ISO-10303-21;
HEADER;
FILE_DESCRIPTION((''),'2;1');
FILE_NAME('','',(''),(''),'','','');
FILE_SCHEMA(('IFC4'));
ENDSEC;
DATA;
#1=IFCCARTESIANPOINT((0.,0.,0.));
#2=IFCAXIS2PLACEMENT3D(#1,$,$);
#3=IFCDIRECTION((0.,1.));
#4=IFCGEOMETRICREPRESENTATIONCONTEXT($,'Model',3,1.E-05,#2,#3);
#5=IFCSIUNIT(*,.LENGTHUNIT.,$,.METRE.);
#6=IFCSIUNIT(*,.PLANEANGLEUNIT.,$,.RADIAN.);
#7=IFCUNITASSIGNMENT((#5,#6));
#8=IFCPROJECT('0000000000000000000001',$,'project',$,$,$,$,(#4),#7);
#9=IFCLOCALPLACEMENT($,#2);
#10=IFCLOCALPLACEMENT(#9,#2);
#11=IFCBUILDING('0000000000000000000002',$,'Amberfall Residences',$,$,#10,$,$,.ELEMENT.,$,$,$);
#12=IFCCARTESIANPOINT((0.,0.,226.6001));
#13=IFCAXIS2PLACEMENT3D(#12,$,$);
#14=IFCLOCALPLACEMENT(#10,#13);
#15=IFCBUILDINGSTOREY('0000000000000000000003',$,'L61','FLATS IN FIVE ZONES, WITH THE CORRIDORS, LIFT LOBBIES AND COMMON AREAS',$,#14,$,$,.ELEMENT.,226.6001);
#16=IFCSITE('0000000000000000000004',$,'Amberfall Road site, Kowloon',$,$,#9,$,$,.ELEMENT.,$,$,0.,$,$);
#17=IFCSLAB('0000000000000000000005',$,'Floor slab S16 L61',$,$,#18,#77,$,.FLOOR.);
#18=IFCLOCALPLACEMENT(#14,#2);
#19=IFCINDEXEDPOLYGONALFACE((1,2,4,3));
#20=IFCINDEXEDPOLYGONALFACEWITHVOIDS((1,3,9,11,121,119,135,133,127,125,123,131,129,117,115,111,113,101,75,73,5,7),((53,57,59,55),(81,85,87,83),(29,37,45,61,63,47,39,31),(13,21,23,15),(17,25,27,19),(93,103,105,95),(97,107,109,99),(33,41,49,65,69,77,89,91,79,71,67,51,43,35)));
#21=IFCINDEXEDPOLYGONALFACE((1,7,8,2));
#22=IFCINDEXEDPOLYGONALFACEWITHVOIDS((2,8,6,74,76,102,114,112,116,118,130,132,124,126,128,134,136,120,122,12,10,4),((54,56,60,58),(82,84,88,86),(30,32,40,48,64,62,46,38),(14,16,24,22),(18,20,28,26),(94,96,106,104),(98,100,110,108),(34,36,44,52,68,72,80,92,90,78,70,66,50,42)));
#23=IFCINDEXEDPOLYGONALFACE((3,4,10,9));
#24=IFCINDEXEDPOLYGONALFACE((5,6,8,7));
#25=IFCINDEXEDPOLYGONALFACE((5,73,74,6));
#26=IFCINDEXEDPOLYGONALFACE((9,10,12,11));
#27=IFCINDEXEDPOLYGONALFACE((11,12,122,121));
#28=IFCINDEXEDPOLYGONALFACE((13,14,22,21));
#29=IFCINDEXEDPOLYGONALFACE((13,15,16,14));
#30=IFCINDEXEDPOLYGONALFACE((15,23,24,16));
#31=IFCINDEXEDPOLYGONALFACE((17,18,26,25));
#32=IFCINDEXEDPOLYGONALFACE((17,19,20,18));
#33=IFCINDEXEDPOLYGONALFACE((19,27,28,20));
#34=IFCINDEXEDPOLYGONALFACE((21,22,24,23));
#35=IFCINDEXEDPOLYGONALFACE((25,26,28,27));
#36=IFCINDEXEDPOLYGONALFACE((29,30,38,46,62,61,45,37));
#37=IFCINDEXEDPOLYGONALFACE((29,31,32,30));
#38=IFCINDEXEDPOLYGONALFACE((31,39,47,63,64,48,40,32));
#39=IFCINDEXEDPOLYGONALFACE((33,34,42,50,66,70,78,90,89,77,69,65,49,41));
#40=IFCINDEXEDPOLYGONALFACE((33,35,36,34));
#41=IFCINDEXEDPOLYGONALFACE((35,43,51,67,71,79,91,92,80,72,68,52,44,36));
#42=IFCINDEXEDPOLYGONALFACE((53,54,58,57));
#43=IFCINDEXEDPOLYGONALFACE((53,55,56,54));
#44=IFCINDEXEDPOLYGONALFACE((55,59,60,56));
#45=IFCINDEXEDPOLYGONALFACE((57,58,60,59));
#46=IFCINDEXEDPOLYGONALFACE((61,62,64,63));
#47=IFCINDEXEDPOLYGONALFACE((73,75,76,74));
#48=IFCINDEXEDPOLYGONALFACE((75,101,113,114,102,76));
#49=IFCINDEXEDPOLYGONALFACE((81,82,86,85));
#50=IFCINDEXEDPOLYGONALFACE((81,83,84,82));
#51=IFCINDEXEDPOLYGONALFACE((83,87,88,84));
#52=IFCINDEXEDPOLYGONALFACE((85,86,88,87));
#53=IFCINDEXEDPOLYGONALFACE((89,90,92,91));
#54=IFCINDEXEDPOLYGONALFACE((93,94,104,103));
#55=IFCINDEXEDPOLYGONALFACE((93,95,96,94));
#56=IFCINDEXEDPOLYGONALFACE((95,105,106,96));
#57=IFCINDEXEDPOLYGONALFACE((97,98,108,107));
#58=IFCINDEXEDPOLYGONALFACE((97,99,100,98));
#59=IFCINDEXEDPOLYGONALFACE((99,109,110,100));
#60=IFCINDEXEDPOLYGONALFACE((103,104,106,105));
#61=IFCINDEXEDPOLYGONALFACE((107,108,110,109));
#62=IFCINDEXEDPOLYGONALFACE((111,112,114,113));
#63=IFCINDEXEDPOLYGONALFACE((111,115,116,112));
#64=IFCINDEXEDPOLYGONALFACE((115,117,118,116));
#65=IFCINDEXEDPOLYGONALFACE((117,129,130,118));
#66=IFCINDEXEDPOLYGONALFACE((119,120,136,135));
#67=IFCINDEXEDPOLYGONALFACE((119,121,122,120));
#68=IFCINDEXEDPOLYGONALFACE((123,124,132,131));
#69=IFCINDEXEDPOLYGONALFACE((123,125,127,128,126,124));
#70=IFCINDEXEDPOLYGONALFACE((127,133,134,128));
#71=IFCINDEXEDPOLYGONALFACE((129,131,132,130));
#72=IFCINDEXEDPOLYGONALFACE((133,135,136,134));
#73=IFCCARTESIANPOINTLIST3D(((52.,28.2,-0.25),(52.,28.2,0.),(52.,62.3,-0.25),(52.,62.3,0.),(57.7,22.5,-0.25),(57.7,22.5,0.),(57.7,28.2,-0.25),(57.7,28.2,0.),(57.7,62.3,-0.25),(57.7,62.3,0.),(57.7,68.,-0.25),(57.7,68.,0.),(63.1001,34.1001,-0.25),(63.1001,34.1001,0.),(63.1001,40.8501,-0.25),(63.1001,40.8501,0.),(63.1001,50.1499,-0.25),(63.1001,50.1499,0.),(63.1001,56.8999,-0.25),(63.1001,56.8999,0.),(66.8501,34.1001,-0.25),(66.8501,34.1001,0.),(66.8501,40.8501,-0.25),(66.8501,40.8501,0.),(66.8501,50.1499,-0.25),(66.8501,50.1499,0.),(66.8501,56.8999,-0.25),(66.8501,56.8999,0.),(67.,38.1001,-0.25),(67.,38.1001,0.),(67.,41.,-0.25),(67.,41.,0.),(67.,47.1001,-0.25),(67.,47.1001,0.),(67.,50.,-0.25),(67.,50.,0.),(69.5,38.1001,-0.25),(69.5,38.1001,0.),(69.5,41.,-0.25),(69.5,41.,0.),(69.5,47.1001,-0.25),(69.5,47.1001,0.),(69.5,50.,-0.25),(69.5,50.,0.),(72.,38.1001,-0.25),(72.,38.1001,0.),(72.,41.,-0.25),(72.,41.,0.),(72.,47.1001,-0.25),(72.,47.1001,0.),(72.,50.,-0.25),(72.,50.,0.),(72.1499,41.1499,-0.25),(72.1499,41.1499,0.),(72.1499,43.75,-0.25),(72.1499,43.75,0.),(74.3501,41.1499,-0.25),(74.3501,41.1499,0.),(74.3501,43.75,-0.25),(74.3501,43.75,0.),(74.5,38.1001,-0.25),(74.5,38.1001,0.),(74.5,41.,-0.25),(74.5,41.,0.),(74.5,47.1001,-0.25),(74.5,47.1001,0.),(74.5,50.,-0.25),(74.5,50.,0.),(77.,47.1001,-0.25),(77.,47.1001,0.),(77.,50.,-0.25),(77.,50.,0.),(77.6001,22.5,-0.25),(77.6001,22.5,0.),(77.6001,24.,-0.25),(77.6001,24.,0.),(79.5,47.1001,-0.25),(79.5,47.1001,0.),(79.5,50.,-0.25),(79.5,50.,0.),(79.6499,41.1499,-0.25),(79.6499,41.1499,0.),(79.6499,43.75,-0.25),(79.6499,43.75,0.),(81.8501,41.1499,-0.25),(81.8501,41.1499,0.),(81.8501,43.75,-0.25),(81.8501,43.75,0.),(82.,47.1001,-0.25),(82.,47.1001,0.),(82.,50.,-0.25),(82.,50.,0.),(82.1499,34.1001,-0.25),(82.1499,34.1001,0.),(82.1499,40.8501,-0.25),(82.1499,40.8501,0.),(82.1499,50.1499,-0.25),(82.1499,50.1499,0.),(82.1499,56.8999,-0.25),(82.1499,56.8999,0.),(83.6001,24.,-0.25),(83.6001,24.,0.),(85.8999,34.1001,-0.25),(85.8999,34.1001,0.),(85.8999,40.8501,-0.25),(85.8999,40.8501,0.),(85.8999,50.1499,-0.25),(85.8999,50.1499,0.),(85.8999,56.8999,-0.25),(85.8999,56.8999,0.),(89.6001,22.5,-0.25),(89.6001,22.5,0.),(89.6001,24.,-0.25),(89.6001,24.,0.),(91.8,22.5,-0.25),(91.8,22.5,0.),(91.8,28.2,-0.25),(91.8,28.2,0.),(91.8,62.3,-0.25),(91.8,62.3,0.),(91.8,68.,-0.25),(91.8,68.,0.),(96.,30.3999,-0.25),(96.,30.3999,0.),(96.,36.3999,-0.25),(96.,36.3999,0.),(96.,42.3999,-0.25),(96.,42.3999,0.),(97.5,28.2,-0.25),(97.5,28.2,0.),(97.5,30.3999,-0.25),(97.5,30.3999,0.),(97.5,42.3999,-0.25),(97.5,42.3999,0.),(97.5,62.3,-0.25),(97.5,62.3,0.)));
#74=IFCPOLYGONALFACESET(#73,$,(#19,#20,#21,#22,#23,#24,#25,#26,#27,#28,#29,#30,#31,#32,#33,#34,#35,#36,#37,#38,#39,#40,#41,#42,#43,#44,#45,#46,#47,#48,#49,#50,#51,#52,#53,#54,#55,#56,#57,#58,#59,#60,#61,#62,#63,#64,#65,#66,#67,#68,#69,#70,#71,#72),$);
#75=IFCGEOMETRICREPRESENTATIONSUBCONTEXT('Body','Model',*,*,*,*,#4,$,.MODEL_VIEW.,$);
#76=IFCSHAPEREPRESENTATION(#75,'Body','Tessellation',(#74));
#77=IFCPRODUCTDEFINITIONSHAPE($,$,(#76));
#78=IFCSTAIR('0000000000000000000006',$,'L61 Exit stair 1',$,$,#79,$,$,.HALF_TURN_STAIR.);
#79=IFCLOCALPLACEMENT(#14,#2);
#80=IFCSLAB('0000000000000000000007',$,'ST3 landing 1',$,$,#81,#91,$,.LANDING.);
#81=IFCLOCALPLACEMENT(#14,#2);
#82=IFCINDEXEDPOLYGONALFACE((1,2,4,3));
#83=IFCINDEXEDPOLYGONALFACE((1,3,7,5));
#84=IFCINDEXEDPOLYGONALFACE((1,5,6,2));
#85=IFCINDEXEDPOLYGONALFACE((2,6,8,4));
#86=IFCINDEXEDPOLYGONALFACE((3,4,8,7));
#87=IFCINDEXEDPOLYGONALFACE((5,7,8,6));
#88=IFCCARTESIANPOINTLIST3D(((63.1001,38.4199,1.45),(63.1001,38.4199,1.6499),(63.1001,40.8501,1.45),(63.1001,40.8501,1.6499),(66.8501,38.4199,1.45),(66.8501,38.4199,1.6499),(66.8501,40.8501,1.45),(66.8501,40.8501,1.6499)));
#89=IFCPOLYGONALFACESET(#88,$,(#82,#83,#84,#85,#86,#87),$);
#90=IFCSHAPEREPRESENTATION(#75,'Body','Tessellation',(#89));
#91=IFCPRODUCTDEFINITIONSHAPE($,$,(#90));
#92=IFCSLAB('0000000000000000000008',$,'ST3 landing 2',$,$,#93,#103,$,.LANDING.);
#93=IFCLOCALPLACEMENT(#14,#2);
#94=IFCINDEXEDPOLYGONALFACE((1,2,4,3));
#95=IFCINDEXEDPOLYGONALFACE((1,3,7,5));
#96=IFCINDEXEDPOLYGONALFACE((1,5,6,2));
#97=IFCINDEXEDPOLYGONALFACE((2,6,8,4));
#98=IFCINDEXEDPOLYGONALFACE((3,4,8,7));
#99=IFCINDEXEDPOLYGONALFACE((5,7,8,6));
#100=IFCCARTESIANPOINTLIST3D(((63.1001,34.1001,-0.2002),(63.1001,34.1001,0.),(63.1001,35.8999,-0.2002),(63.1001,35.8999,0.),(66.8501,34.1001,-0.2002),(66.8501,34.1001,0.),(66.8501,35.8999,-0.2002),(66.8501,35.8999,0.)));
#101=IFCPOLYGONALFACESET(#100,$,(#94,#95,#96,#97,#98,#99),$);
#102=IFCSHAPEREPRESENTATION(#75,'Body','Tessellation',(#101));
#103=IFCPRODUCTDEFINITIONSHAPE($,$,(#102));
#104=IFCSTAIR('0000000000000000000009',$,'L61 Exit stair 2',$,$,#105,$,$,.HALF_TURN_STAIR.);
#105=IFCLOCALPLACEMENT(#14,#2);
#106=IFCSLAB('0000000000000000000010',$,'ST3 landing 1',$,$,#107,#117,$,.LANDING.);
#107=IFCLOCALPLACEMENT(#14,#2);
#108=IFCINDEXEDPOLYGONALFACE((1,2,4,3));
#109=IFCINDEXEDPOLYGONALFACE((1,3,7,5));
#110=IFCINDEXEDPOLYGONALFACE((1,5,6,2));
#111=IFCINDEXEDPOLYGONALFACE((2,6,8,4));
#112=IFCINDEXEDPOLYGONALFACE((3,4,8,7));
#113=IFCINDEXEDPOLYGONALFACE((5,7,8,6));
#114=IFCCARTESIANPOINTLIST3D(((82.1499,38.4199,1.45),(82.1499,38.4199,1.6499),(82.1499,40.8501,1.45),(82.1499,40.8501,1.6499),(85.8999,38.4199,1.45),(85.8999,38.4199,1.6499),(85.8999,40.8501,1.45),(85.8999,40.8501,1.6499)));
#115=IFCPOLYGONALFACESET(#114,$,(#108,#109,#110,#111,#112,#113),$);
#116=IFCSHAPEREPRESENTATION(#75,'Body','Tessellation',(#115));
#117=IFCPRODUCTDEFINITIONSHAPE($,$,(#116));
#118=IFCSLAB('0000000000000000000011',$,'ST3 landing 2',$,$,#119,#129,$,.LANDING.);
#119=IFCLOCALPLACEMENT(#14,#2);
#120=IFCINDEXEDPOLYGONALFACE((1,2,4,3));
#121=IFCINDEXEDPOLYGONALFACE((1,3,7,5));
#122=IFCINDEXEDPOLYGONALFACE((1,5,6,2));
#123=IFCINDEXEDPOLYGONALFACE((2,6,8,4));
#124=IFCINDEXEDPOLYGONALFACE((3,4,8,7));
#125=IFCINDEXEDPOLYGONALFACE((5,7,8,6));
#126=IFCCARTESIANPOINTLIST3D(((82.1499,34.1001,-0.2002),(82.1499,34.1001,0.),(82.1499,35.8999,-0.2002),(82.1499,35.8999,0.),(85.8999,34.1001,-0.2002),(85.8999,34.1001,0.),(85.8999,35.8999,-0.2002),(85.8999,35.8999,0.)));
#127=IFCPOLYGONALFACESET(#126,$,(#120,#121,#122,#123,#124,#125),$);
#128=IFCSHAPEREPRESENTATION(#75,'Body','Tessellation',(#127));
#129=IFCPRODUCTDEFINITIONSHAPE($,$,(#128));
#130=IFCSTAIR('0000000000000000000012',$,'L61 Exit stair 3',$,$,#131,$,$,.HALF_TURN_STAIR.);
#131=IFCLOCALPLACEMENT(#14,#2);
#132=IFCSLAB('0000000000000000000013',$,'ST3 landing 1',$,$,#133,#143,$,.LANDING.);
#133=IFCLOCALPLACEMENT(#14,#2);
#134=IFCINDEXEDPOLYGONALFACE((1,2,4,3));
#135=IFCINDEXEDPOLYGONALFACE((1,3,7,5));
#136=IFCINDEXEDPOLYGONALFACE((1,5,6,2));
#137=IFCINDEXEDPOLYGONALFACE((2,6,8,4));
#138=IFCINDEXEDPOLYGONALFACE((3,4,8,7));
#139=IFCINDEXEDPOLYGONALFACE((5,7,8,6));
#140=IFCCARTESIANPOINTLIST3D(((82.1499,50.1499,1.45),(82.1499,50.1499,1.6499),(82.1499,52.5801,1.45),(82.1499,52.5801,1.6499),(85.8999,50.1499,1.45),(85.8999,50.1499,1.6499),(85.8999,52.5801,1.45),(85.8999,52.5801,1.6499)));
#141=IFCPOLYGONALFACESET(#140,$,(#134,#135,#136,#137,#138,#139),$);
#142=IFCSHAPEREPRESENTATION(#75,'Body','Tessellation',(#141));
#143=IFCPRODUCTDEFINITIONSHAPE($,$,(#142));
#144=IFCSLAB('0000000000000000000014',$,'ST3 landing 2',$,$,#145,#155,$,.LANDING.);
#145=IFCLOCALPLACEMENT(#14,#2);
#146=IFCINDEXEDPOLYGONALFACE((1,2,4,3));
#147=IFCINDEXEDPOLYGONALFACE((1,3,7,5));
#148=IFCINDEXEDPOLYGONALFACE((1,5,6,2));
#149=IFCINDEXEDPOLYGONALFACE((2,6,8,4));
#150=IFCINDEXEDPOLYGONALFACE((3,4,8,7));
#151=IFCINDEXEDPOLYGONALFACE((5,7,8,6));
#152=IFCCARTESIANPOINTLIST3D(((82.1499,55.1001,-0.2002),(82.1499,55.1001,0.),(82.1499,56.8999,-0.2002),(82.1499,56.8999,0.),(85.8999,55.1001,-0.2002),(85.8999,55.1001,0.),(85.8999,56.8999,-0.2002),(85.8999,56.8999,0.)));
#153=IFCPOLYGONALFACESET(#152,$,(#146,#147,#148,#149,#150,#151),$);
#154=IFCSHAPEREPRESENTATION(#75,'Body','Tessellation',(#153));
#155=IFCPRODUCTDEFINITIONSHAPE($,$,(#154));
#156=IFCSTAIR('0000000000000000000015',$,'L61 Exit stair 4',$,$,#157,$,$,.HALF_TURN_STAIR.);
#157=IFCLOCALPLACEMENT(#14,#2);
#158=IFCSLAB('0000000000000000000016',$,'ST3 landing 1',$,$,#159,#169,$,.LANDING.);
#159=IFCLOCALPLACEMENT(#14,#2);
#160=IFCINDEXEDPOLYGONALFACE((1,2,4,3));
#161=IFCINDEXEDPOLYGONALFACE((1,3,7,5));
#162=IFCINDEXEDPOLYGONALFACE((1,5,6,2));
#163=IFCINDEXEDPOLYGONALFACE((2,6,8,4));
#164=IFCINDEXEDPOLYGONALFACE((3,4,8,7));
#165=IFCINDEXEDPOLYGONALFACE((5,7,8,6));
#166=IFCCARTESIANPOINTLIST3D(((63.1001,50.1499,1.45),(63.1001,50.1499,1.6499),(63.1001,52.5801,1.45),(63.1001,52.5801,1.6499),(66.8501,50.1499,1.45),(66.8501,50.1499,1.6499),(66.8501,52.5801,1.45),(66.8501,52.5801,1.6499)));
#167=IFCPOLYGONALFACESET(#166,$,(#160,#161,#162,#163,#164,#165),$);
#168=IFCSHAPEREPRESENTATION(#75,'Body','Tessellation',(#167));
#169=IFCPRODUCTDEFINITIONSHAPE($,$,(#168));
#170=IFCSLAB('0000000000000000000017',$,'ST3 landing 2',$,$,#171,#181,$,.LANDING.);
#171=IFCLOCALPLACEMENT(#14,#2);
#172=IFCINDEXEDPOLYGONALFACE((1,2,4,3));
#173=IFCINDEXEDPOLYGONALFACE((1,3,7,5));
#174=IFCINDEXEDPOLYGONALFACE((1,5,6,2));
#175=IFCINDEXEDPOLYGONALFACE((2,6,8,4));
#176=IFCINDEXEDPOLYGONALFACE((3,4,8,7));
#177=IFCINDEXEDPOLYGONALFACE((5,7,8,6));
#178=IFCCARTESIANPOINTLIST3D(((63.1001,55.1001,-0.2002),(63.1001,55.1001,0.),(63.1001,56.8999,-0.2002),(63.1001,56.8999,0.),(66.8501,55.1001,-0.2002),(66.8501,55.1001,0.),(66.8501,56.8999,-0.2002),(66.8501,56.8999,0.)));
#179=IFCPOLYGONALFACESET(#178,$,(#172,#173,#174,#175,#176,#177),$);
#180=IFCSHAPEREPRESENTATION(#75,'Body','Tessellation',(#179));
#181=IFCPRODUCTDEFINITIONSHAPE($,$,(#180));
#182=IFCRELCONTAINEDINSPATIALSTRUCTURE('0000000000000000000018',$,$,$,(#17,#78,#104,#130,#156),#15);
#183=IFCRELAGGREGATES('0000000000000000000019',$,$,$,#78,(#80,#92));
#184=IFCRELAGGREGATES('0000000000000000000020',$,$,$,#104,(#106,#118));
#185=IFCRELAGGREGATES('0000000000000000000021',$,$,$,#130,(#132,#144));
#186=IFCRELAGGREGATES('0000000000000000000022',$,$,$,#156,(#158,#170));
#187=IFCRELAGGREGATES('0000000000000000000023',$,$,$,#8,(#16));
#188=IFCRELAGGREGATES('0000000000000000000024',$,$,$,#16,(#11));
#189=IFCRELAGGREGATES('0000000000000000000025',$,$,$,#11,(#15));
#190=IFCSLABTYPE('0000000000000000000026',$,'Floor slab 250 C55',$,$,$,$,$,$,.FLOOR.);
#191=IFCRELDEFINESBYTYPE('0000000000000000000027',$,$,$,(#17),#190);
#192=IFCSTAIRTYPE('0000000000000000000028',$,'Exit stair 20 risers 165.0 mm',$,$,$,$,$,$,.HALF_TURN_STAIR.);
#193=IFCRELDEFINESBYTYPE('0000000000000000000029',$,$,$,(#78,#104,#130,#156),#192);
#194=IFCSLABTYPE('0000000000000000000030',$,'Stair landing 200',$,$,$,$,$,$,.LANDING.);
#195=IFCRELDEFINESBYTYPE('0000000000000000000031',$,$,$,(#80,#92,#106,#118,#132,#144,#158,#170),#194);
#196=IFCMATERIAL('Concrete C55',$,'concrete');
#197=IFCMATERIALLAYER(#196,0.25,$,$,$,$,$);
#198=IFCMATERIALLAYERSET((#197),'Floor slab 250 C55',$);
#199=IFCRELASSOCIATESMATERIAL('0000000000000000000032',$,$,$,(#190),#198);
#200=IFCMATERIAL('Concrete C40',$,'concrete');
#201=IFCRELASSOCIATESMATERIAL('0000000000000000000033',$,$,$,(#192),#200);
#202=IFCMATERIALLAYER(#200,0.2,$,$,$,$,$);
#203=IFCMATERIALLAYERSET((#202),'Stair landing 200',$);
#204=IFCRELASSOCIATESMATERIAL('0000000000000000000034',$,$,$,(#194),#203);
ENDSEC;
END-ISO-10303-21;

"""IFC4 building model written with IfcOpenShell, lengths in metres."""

from ifc_helpers import new_model, si_unit, direction, frame, origin, place, context, subcontext, project, spatial, polyline, outline, extrude, material, layer, layer_set, type_object, element, aggregate, save


model = new_model("IFC4")

# Units and contexts
model_context = context("Model", 3, precision=1e-05, world=origin(), true_north=direction((0.0, 1.0)))
body_context = subcontext(model_context, "Body", "Model", "MODEL_VIEW")
ifc_project = project(units=[si_unit("LENGTHUNIT", "METRE"), si_unit("PLANEANGLEUNIT", "RADIAN")], contexts=[model_context])

# Site, building, storey
site_placement = place(None, origin())
site = spatial("IfcSite", under=ifc_project, at=site_placement, Name="Amberfall Road site, Kowloon", CompositionType="ELEMENT", RefElevation=0.0)
building_placement = place(site_placement, origin())
building = spatial("IfcBuilding", under=site, at=building_placement, Name="Amberfall Residences", CompositionType="ELEMENT")
storey_placement = place(building_placement, frame((0.0, 0.0, 226.6001)))
storey = spatial("IfcBuildingStorey", under=building, at=storey_placement, Name="L61", Description="FLATS IN FIVE ZONES, WITH THE CORRIDORS, LIFT LOBBIES AND COMMON AREAS", CompositionType="ELEMENT", Elevation=226.6001)

# Shared definitions
ifc_material_1 = material(Name="Concrete C55", Category="concrete")

# Slab
ifc_layer_1 = layer(ifc_material_1, 0.25)
ifc_layer_set_1 = layer_set([ifc_layer_1], Name="Floor slab 250 C55")
slab_type_1 = type_object("IfcSlabType", Name="Floor slab 250 C55", PredefinedType="FLOOR", material=ifc_layer_set_1)
slab_1_placement = place(storey_placement, frame((0.0, 0.0, -0.25)))
element("IfcSlab", 1, at=slab_1_placement, inside=storey, type_object=slab_type_1, Name="Floor slab S16 L61", PredefinedType="FLOOR", context=body_context, shape_type="SweptSolid", body=[
    extrude(outline(polyline([(89.6001, 22.5), (89.6001, 24.0), (83.6001, 24.0), (77.6001, 24.0), (77.6001, 22.5), (57.7, 22.5), (57.7, 28.2), (52.0, 28.2), (52.0, 62.3), (57.7, 62.3), (57.7, 68.0), (91.8, 68.0), (91.8, 62.3), (97.5, 62.3), (97.5, 42.3999), (96.0, 42.3999), (96.0, 36.3999), (96.0, 30.3999), (97.5, 30.3999), (97.5, 28.2), (91.8, 28.2), (91.8, 22.5), (89.6001, 22.5)]), holes=[polyline([(85.8999, 34.1001), (85.8999, 40.8501), (82.1499, 40.8501), (82.1499, 34.1001), (85.8999, 34.1001)]), polyline([(85.8999, 50.1499), (85.8999, 56.8999), (82.1499, 56.8999), (82.1499, 50.1499), (85.8999, 50.1499)]), polyline([(72.0, 50.0), (69.5, 50.0), (67.0, 50.0), (67.0, 47.1001), (69.5, 47.1001), (72.0, 47.1001), (74.5, 47.1001), (77.0, 47.1001), (79.5, 47.1001), (82.0, 47.1001), (82.0, 50.0), (79.5, 50.0), (77.0, 50.0), (74.5, 50.0), (72.0, 50.0)]), polyline([(81.8501, 41.1499), (81.8501, 43.75), (79.6499, 43.75), (79.6499, 41.1499), (81.8501, 41.1499)]), polyline([(69.5, 41.0), (67.0, 41.0), (67.0, 38.1001), (69.5, 38.1001), (72.0, 38.1001), (74.5, 38.1001), (74.5, 41.0), (72.0, 41.0), (69.5, 41.0)]), polyline([(74.3501, 41.1499), (74.3501, 43.75), (72.1499, 43.75), (72.1499, 41.1499), (74.3501, 41.1499)]), polyline([(66.8501, 50.1499), (66.8501, 56.8999), (63.1001, 56.8999), (63.1001, 50.1499), (66.8501, 50.1499)]), polyline([(66.8501, 40.8501), (63.1001, 40.8501), (63.1001, 34.1001), (66.8501, 34.1001), (66.8501, 40.8501)])]), origin(), (0.0, 0.0, 1.0), 0.25),
])

# Stairs, slabs
ifc_material_2 = material(Name="Concrete C40", Category="concrete")
stair_type = type_object("IfcStairType", Name="Exit stair 20 risers 165.0 mm", PredefinedType="HALF_TURN_STAIR", material=ifc_material_2)
stair_1_placement = place(storey_placement, origin())
stair_1 = element("IfcStair", 2, at=stair_1_placement, inside=storey, type_object=stair_type, Name="L61 Exit stair 1", PredefinedType="HALF_TURN_STAIR")
ifc_layer_2 = layer(ifc_material_2, 0.2)
ifc_layer_set_2 = layer_set([ifc_layer_2], Name="Stair landing 200")
slab_type_2 = type_object("IfcSlabType", Name="Stair landing 200", PredefinedType="LANDING", material=ifc_layer_set_2)
slab_2_placement = place(storey_placement, frame((0.0, 0.0, 1.45)))
slab_2 = element("IfcSlab", 3, at=slab_2_placement, type_object=slab_type_2, Name="ST3 landing 1", PredefinedType="LANDING", context=body_context, shape_type="SweptSolid", body=[
    extrude(outline(polyline([(66.8501, 38.4199), (66.8501, 40.8501), (63.1001, 40.8501), (63.1001, 38.4199), (66.8501, 38.4199)])), origin(), (0.0, 0.0, 1.0), 0.2),
])
slab_3_placement = place(storey_placement, frame((0.0, 0.0, -0.2002)))
slab_3 = element("IfcSlab", 4, at=slab_3_placement, type_object=slab_type_2, Name="ST3 landing 2", PredefinedType="LANDING", context=body_context, shape_type="SweptSolid", body=[
    extrude(outline(polyline([(66.8501, 34.1001), (66.8501, 35.8999), (63.1001, 35.8999), (63.1001, 34.1001), (66.8501, 34.1001)])), origin(), (0.0, 0.0, 1.0), 0.2002),
])
aggregate(stair_1, [slab_2, slab_3])
stair_2_placement = place(storey_placement, origin())
stair_2 = element("IfcStair", 5, at=stair_2_placement, inside=storey, type_object=stair_type, Name="L61 Exit stair 2", PredefinedType="HALF_TURN_STAIR")
slab_4_placement = place(storey_placement, frame((0.0, 0.0, 1.45)))
slab_4 = element("IfcSlab", 6, at=slab_4_placement, type_object=slab_type_2, Name="ST3 landing 1", PredefinedType="LANDING", context=body_context, shape_type="SweptSolid", body=[
    extrude(outline(polyline([(85.8999, 38.4199), (85.8999, 40.8501), (82.1499, 40.8501), (82.1499, 38.4199), (85.8999, 38.4199)])), origin(), (0.0, 0.0, 1.0), 0.2),
])
slab_5_placement = place(storey_placement, frame((0.0, 0.0, -0.2002)))
slab_5 = element("IfcSlab", 7, at=slab_5_placement, type_object=slab_type_2, Name="ST3 landing 2", PredefinedType="LANDING", context=body_context, shape_type="SweptSolid", body=[
    extrude(outline(polyline([(85.8999, 34.1001), (85.8999, 35.8999), (82.1499, 35.8999), (82.1499, 34.1001), (85.8999, 34.1001)])), origin(), (0.0, 0.0, 1.0), 0.2002),
])
aggregate(stair_2, [slab_4, slab_5])
stair_3_placement = place(storey_placement, origin())
stair_3 = element("IfcStair", 8, at=stair_3_placement, inside=storey, type_object=stair_type, Name="L61 Exit stair 3", PredefinedType="HALF_TURN_STAIR")
slab_6_placement = place(storey_placement, frame((0.0, 0.0, 1.45)))
slab_6 = element("IfcSlab", 9, at=slab_6_placement, type_object=slab_type_2, Name="ST3 landing 1", PredefinedType="LANDING", context=body_context, shape_type="SweptSolid", body=[
    extrude(outline(polyline([(82.1499, 52.5801), (82.1499, 50.1499), (85.8999, 50.1499), (85.8999, 52.5801), (82.1499, 52.5801)])), origin(), (0.0, 0.0, 1.0), 0.2),
])
slab_7_placement = place(storey_placement, frame((0.0, 0.0, -0.2002)))
slab_7 = element("IfcSlab", 10, at=slab_7_placement, type_object=slab_type_2, Name="ST3 landing 2", PredefinedType="LANDING", context=body_context, shape_type="SweptSolid", body=[
    extrude(outline(polyline([(82.1499, 56.8999), (82.1499, 55.1001), (85.8999, 55.1001), (85.8999, 56.8999), (82.1499, 56.8999)])), origin(), (0.0, 0.0, 1.0), 0.2002),
])
aggregate(stair_3, [slab_6, slab_7])
stair_4_placement = place(storey_placement, origin())
stair_4 = element("IfcStair", 11, at=stair_4_placement, inside=storey, type_object=stair_type, Name="L61 Exit stair 4", PredefinedType="HALF_TURN_STAIR")
slab_8_placement = place(storey_placement, frame((0.0, 0.0, 1.45)))
slab_8 = element("IfcSlab", 12, at=slab_8_placement, type_object=slab_type_2, Name="ST3 landing 1", PredefinedType="LANDING", context=body_context, shape_type="SweptSolid", body=[
    extrude(outline(polyline([(63.1001, 52.5801), (63.1001, 50.1499), (66.8501, 50.1499), (66.8501, 52.5801), (63.1001, 52.5801)])), origin(), (0.0, 0.0, 1.0), 0.2),
])
slab_9_placement = place(storey_placement, frame((0.0, 0.0, -0.2002)))
slab_9 = element("IfcSlab", 13, at=slab_9_placement, type_object=slab_type_2, Name="ST3 landing 2", PredefinedType="LANDING", context=body_context, shape_type="SweptSolid", body=[
    extrude(outline(polyline([(63.1001, 56.8999), (63.1001, 55.1001), (66.8501, 55.1001), (66.8501, 56.8999), (63.1001, 56.8999)])), origin(), (0.0, 0.0, 1.0), 0.2002),
])
aggregate(stair_4, [slab_8, slab_9])

save(model, "model.ifc")
